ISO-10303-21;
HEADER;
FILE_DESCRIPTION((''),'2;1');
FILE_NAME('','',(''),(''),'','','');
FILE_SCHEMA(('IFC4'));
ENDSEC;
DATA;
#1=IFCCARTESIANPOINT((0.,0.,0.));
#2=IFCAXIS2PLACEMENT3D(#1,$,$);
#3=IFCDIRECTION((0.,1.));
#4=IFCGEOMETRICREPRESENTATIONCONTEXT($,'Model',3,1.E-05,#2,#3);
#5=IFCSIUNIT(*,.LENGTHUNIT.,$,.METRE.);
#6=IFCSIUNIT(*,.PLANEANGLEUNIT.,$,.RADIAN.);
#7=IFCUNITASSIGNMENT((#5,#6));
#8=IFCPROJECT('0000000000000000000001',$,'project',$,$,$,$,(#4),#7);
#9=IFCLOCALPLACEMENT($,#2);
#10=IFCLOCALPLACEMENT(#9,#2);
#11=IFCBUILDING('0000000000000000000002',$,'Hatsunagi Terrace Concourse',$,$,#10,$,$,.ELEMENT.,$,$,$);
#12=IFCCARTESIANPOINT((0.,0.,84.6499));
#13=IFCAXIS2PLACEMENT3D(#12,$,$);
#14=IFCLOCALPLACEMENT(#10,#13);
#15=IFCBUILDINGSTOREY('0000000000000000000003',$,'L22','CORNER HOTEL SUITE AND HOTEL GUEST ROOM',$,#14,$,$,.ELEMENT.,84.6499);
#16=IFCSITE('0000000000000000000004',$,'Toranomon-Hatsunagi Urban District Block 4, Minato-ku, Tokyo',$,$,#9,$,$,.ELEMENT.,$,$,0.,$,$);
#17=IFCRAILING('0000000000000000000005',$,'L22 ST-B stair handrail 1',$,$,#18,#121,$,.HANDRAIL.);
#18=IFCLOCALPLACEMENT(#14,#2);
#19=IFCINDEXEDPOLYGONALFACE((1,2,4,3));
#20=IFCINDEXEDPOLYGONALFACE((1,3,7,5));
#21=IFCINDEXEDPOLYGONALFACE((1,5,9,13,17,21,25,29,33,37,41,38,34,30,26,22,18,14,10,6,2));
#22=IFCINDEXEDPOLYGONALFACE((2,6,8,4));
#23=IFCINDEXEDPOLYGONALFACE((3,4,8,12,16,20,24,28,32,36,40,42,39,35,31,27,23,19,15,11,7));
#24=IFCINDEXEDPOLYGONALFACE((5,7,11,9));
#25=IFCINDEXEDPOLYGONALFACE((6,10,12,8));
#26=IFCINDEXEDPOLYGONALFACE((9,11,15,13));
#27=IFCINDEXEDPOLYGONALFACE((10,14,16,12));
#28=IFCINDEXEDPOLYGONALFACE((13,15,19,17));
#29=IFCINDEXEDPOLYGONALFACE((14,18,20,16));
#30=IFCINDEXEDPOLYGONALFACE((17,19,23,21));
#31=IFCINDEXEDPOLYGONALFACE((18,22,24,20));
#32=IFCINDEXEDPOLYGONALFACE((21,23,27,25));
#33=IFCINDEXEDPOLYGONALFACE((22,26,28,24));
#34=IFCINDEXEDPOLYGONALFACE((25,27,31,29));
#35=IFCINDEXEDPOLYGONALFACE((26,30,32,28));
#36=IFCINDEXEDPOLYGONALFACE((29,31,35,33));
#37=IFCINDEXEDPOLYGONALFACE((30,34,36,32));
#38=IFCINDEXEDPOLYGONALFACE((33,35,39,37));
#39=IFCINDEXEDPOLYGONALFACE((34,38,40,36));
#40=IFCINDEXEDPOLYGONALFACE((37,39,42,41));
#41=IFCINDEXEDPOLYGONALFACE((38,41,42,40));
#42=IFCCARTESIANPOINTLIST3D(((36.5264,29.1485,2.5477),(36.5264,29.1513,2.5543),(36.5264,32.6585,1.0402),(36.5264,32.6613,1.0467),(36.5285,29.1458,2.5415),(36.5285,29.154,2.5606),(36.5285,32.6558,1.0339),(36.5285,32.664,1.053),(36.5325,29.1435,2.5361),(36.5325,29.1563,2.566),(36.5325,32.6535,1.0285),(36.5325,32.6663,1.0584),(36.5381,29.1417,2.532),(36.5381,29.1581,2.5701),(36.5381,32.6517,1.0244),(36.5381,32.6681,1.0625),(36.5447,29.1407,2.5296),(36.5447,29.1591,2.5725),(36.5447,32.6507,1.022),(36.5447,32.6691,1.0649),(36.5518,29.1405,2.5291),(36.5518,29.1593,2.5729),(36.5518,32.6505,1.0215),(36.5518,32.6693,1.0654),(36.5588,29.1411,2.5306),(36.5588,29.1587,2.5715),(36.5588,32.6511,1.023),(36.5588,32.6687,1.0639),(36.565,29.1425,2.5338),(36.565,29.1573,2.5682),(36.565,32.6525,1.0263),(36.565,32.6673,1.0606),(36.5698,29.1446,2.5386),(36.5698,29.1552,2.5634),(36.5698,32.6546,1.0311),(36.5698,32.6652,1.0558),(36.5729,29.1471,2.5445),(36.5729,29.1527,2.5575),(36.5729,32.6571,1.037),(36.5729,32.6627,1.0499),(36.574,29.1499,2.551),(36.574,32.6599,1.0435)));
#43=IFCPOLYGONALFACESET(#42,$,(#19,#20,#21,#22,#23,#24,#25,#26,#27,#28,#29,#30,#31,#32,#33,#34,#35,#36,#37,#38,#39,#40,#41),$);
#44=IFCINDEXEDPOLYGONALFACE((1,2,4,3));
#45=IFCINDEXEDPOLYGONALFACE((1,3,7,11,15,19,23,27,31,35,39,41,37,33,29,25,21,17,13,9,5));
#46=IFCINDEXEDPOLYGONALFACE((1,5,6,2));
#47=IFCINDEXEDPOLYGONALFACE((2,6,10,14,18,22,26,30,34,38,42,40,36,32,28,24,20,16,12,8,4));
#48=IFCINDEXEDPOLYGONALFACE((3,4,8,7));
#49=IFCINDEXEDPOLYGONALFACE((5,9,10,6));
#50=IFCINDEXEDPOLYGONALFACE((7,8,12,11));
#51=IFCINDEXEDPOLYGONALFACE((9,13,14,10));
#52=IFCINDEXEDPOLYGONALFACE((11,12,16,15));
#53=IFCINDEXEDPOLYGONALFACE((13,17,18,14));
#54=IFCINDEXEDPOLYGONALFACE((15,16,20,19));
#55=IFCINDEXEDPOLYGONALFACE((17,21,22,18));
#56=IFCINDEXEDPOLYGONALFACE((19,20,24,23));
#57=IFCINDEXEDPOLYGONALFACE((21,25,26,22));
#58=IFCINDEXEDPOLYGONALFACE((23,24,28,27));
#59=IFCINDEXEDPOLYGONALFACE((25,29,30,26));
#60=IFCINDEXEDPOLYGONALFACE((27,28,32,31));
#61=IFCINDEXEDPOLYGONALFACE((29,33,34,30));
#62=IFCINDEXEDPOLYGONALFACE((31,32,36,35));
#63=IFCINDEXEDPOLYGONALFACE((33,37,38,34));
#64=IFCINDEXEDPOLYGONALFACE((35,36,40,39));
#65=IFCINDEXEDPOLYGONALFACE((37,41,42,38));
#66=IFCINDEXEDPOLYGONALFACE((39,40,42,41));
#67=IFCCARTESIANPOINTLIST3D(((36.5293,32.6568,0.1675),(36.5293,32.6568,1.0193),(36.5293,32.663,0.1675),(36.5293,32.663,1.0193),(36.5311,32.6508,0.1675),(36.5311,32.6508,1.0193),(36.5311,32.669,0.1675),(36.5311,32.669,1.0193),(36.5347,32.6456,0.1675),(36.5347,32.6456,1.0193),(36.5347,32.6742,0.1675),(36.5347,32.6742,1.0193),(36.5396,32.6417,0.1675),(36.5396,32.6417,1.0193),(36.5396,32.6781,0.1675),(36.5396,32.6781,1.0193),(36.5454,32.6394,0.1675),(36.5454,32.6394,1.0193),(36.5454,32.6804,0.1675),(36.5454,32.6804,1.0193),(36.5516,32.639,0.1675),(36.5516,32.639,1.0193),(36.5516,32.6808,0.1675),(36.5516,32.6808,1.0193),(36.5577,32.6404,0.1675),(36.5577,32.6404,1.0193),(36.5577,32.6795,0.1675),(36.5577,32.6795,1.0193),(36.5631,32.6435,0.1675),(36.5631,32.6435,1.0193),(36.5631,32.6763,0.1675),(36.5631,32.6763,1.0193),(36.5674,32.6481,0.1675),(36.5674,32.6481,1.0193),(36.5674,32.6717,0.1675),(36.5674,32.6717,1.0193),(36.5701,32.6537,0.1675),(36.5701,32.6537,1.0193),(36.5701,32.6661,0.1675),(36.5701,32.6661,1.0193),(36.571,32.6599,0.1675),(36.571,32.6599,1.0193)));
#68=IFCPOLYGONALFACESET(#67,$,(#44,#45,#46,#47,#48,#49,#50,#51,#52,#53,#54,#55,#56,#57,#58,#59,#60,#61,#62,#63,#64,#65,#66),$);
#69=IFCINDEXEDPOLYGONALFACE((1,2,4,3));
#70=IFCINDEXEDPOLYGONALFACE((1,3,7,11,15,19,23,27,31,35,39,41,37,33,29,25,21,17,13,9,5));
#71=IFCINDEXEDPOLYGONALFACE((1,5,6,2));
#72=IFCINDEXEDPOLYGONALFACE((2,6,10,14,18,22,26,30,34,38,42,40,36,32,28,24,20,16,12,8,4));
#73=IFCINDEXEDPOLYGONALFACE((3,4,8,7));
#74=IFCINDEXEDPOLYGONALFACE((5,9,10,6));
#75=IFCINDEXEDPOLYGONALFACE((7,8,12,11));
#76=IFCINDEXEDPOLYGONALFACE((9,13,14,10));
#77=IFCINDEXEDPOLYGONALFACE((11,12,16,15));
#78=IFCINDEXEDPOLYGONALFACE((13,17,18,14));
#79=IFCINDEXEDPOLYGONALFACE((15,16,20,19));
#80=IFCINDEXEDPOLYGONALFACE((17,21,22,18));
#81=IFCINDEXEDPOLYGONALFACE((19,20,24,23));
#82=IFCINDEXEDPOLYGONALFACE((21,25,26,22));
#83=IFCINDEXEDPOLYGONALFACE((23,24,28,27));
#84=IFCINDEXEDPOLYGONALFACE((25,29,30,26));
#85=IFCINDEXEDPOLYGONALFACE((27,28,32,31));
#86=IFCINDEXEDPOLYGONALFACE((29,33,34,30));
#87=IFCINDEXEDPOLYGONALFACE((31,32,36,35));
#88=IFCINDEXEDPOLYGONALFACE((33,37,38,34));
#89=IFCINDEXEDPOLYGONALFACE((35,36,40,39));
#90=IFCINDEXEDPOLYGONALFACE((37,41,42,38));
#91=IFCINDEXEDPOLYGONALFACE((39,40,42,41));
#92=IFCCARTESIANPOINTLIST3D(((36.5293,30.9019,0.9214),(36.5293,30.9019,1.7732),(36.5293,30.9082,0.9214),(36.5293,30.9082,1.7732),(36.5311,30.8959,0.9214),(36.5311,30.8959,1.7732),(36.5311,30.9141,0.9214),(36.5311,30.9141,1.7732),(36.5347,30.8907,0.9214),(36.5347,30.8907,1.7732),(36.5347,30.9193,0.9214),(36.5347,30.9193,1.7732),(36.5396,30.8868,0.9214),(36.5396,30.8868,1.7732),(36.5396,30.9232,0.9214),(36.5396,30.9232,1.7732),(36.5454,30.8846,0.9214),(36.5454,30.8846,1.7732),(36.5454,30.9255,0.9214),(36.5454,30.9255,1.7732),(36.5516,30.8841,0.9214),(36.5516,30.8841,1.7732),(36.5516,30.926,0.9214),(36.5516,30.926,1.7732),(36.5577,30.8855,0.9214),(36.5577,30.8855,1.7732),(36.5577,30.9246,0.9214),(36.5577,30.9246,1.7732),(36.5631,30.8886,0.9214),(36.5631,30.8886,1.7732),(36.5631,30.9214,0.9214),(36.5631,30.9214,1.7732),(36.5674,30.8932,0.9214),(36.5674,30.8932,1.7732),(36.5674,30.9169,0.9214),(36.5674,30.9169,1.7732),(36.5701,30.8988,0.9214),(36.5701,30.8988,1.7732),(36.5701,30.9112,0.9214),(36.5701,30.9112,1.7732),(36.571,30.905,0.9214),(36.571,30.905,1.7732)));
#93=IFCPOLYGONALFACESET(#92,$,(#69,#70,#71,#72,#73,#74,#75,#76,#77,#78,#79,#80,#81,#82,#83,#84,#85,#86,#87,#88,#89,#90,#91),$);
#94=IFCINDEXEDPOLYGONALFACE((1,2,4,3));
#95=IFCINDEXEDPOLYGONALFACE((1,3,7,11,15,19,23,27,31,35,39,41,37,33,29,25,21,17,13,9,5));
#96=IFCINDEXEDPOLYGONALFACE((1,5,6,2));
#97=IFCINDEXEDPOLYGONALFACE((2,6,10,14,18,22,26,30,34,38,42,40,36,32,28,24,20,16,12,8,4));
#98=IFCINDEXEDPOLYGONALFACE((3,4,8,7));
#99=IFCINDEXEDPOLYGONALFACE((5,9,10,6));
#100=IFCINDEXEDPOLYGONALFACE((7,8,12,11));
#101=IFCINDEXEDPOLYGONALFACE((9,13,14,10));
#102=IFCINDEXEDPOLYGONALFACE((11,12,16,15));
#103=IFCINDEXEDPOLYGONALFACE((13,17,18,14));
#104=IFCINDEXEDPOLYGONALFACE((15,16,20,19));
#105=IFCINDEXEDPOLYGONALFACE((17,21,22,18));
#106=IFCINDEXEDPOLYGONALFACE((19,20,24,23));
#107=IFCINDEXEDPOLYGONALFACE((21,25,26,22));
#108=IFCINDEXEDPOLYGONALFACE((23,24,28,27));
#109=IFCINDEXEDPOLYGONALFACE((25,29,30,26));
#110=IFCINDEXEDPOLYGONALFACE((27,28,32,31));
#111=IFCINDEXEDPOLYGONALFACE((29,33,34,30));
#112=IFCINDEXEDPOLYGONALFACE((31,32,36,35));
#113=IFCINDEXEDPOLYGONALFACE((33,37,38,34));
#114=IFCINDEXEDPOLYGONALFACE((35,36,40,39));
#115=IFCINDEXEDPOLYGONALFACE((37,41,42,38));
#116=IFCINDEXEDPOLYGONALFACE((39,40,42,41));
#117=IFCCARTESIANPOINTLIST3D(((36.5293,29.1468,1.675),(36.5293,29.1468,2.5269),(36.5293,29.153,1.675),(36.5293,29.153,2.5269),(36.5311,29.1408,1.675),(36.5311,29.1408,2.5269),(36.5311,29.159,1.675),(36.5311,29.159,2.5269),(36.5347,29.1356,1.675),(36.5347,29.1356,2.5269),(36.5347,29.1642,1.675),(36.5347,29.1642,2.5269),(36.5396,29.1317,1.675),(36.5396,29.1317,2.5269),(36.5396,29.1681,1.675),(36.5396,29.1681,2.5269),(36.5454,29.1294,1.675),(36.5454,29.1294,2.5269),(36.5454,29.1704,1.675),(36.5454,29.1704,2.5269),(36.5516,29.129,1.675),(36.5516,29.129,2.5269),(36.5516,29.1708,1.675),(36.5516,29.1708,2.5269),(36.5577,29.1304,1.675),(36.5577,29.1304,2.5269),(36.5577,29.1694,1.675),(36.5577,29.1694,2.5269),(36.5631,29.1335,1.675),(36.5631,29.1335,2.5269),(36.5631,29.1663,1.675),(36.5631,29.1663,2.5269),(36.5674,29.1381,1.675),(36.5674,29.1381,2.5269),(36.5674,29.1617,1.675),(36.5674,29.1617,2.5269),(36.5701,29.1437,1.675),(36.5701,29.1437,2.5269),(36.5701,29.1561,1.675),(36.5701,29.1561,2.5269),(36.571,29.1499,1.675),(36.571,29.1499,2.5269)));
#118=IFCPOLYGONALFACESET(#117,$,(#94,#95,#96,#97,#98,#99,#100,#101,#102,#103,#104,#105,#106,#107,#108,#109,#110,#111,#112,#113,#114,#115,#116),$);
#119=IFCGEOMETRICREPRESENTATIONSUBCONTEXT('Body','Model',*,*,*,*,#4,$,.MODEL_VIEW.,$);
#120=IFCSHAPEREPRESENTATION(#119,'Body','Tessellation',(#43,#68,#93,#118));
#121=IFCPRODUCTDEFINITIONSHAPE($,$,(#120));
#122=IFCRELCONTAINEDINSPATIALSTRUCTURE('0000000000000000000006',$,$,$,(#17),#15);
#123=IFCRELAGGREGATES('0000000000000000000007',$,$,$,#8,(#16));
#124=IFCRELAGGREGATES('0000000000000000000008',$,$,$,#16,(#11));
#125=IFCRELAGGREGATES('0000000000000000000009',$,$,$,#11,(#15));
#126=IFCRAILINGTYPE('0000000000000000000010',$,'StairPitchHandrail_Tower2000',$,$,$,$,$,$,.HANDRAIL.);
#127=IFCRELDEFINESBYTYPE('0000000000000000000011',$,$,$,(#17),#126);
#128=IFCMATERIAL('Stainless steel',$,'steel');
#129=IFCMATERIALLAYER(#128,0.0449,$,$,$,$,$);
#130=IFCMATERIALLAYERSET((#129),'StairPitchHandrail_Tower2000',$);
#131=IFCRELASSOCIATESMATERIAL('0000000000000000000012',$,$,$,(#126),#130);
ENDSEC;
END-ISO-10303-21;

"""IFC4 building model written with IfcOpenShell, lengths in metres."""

from ifc_helpers import new_model, si_unit, direction, frame, origin, origin_2d, place, context, subcontext, project, spatial, circle, extrude, material, layer, layer_set, type_object, element, save


model = new_model("IFC4")

# Units and contexts
model_context = context("Model", 3, precision=1e-05, world=origin(), true_north=direction((0.0, 1.0)))
body_context = subcontext(model_context, "Body", "Model", "MODEL_VIEW")
ifc_project = project(units=[si_unit("LENGTHUNIT", "METRE"), si_unit("PLANEANGLEUNIT", "RADIAN")], contexts=[model_context])

# Site, building, storey
site_placement = place(None, origin())
site = spatial("IfcSite", under=ifc_project, at=site_placement, Name="Toranomon-Hatsunagi Urban District Block 4, Minato-ku, Tokyo", CompositionType="ELEMENT", RefElevation=0.0)
building_placement = place(site_placement, origin())
building = spatial("IfcBuilding", under=site, at=building_placement, Name="Hatsunagi Terrace Concourse", CompositionType="ELEMENT")
storey_placement = place(building_placement, frame((0.0, 0.0, 84.6499)))
storey = spatial("IfcBuildingStorey", under=building, at=storey_placement, Name="L22", Description="CORNER HOTEL SUITE AND HOTEL GUEST ROOM", CompositionType="ELEMENT", Elevation=84.6499)

# Railing
ifc_material_1 = material(Name="Stainless steel", Category="steel")
ifc_layer_1 = layer(ifc_material_1, 0.0449)
ifc_layer_set_1 = layer_set([ifc_layer_1], Name="StairPitchHandrail_Tower2000")
railing_type_1 = type_object("IfcRailingType", Name="StairPitchHandrail_Tower2000", PredefinedType="HANDRAIL", material=ifc_layer_set_1)
railing_1_placement = place(storey_placement, frame((36.55, 32.6599, 0.1675)))
element("IfcRailing", 1, at=railing_1_placement, inside=storey, type_object=railing_type_1, Name="L22 ST-B stair handrail 1", PredefinedType="HANDRAIL", context=body_context, shape_type="SweptSolid", body=[
    extrude(circle(Radius=0.0239, at=origin_2d()), frame((0.0, 0.0, 0.876), z_axis=(0.0, -0.918834, 0.394644), x_axis=(1.0, 0.0, 0.0)), (0.0, 0.0, 1.0), 3.8201),
    extrude(circle(Radius=0.021, at=origin_2d()), origin(), (0.0, 0.0, 1.0), 0.8518),
    extrude(circle(Radius=0.021, at=origin_2d()), frame((0.0, -1.7549, 0.7539)), (0.0, 0.0, 1.0), 0.8518),
    extrude(circle(Radius=0.021, at=origin_2d()), frame((0.0, -3.51, 1.5076)), (0.0, 0.0, 1.0), 0.8518),
])

save(model, "model.ifc")
